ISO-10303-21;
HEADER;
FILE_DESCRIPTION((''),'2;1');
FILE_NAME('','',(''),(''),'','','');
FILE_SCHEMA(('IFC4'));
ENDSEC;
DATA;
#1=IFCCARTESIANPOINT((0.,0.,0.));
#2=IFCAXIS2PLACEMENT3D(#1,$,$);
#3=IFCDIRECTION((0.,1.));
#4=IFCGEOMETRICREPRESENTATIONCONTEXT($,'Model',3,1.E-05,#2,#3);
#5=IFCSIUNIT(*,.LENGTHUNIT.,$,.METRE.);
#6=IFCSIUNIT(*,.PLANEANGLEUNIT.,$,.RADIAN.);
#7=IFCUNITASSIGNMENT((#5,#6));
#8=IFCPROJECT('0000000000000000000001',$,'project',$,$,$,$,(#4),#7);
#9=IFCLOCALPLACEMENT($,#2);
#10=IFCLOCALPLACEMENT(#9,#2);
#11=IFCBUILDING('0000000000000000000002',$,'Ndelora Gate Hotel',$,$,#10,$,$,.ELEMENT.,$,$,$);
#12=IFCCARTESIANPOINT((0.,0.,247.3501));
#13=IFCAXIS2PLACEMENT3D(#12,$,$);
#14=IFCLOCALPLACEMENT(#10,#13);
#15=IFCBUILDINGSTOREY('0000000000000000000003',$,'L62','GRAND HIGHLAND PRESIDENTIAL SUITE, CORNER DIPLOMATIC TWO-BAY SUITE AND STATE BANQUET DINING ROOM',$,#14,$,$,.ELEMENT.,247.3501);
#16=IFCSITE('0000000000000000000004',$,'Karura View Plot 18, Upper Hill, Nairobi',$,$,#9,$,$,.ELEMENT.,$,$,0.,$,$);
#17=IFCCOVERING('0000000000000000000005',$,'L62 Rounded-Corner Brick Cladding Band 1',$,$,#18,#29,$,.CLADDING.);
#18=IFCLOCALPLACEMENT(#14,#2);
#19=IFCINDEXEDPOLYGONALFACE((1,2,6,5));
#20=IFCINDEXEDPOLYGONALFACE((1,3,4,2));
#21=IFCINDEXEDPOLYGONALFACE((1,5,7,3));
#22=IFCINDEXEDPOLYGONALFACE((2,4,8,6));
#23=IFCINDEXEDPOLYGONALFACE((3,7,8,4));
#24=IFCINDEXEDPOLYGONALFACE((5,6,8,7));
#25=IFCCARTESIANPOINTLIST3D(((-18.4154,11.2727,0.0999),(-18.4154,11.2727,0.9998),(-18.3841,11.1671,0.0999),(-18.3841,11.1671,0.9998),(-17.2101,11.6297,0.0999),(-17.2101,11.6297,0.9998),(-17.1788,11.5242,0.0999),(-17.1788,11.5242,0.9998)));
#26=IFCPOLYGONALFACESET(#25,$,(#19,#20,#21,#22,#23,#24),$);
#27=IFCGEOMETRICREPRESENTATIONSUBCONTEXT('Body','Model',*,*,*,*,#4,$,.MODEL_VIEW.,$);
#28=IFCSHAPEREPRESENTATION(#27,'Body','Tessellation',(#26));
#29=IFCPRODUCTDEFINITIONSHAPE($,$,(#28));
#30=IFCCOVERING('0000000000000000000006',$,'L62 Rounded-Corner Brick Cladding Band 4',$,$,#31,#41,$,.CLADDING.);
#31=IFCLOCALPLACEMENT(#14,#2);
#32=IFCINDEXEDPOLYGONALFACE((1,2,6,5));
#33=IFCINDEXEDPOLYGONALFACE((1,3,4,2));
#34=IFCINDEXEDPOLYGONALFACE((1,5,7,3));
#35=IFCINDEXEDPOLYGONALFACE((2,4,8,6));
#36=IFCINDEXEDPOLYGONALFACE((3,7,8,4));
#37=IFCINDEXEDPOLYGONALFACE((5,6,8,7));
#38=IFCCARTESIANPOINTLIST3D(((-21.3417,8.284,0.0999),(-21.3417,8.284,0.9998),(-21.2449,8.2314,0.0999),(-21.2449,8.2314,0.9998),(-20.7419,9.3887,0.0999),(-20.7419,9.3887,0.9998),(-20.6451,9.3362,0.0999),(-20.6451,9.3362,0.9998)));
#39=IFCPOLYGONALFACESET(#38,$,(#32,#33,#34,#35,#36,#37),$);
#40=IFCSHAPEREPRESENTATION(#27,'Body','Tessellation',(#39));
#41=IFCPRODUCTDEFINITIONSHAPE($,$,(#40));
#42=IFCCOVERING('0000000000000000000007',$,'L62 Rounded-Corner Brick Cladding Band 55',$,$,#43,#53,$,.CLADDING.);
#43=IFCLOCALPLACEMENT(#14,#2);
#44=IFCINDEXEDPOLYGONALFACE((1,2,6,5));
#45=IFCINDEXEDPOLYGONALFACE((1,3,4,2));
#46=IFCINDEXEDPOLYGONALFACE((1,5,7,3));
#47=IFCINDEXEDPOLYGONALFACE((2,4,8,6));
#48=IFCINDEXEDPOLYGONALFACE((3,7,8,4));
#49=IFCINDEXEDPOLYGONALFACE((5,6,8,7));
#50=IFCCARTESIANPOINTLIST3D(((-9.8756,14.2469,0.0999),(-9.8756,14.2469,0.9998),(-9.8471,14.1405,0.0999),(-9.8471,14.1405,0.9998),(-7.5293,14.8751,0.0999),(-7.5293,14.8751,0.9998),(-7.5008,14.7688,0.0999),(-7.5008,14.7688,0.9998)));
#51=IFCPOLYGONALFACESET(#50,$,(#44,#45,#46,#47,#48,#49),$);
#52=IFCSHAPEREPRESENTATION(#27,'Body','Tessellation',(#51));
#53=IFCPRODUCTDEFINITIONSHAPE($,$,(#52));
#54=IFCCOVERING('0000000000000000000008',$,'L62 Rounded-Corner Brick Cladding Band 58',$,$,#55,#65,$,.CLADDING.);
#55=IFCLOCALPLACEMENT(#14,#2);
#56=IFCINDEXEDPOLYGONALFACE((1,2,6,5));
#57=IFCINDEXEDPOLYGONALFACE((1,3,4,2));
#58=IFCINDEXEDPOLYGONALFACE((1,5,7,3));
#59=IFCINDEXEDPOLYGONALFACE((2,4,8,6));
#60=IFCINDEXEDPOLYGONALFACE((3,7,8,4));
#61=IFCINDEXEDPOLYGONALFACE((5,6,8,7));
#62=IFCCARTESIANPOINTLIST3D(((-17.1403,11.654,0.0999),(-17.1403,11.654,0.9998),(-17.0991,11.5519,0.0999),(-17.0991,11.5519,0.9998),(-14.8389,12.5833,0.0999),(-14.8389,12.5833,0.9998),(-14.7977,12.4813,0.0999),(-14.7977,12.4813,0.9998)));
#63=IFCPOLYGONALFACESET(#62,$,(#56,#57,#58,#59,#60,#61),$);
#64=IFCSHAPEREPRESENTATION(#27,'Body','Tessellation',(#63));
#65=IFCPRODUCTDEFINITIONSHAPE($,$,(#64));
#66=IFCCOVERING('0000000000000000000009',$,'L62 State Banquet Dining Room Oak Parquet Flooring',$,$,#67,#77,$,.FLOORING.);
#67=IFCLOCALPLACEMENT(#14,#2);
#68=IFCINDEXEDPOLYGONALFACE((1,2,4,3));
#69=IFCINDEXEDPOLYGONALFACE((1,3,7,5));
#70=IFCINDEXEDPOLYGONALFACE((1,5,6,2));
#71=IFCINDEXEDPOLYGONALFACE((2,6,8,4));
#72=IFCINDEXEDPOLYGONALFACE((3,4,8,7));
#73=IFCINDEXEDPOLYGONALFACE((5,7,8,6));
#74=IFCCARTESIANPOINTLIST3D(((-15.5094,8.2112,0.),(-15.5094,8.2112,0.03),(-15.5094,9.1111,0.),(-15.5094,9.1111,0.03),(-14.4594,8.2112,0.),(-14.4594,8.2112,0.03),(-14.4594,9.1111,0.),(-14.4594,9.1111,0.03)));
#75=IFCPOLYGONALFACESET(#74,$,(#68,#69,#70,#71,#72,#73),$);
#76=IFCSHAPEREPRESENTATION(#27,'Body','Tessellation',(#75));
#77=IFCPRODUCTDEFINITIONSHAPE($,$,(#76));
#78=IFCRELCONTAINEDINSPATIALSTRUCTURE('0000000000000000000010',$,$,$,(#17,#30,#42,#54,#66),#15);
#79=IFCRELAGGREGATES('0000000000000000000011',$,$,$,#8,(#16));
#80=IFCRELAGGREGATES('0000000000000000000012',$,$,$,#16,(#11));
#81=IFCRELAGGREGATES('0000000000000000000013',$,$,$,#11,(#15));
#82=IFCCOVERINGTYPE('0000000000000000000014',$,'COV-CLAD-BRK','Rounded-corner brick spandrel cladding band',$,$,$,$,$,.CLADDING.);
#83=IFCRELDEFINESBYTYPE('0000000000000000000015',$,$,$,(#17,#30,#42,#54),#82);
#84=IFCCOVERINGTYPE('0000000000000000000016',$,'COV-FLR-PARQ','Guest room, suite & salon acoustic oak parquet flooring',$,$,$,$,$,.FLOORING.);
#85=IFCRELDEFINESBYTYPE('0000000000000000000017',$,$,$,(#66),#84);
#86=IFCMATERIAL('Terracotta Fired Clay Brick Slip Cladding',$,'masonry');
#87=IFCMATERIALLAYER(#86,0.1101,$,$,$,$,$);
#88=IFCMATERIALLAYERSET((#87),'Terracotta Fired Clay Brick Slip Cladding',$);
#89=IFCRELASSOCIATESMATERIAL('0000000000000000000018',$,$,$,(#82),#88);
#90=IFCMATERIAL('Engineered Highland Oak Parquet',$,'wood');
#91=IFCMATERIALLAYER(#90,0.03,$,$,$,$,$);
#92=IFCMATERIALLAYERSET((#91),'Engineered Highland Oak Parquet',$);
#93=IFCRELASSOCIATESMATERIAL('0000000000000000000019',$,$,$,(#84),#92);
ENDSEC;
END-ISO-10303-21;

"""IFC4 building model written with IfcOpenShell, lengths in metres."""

from ifc_helpers import new_model, si_unit, direction, frame, origin, origin_2d, place, context, subcontext, project, spatial, rectangle, extrude, material, layer, layer_set, type_object, element, save


model = new_model("IFC4")

# Units and contexts
model_context = context("Model", 3, precision=1e-05, world=origin(), true_north=direction((0.0, 1.0)))
body_context = subcontext(model_context, "Body", "Model", "MODEL_VIEW")
ifc_project = project(units=[si_unit("LENGTHUNIT", "METRE"), si_unit("PLANEANGLEUNIT", "RADIAN")], contexts=[model_context])

# Site, building, storey
site_placement = place(None, origin())
site = spatial("IfcSite", under=ifc_project, at=site_placement, Name="Karura View Plot 18, Upper Hill, Nairobi", CompositionType="ELEMENT", RefElevation=0.0)
building_placement = place(site_placement, origin())
building = spatial("IfcBuilding", under=site, at=building_placement, Name="Ndelora Gate Hotel", CompositionType="ELEMENT")
storey_placement = place(building_placement, frame((0.0, 0.0, 247.3501)))
storey = spatial("IfcBuildingStorey", under=building, at=storey_placement, Name="L62", Description="GRAND HIGHLAND PRESIDENTIAL SUITE, CORNER DIPLOMATIC TWO-BAY SUITE AND STATE BANQUET DINING ROOM", CompositionType="ELEMENT", Elevation=247.3501)

# Coverings
ifc_material_1 = material(Name="Terracotta Fired Clay Brick Slip Cladding", Category="masonry")
ifc_layer_1 = layer(ifc_material_1, 0.1101)
ifc_layer_set_1 = layer_set([ifc_layer_1], Name="Terracotta Fired Clay Brick Slip Cladding")
covering_type_1 = type_object("IfcCoveringType", Name="COV-CLAD-BRK", Description="Rounded-corner brick spandrel cladding band", PredefinedType="CLADDING", material=ifc_layer_set_1)
for number, where, z_axis, x_axis, name in (
    (1, (-17.7971, 11.3984, 0.0999), (0.0, 0.0, 1.0), (0.95882, 0.284015, 0.0), "L62 Rounded-Corner Brick Cladding Band 1"),
    (2, (-20.9934, 8.8101, 0.0999), (0.0, 0.0, 1.0), (0.477159, 0.878817, 0.0), "L62 Rounded-Corner Brick Cladding Band 4"),
):
    element("IfcCovering", number, at=place(storey_placement, frame(where, z_axis=z_axis, x_axis=x_axis)), inside=storey, type_object=covering_type_1, Name=name, PredefinedType="CLADDING", context=body_context, shape_type="SweptSolid", body=[
        extrude(rectangle(XDim=1.2571, YDim=0.1101, at=origin_2d()), origin(), (0.0, 0.0, 1.0), 0.8999),
    ])
covering_1_placement = place(storey_placement, frame((-8.6882, 14.5078, 0.0999), z_axis=(0.0, 0.0, 1.0), x_axis=(0.965971, 0.25865, 0.0)))
element("IfcCovering", 3, at=covering_1_placement, inside=storey, type_object=covering_type_1, Name="L62 Rounded-Corner Brick Cladding Band 55", PredefinedType="CLADDING", context=body_context, shape_type="SweptSolid", body=[
    extrude(rectangle(XDim=2.429, YDim=0.1101, at=origin_2d()), origin(), (0.0, 0.0, 1.0), 0.8999),
])
covering_2_placement = place(storey_placement, frame((-15.969, 12.0676, 0.0999), z_axis=(0.0, 0.0, 1.0), x_axis=(0.927249, 0.374445, 0.0)))
element("IfcCovering", 4, at=covering_2_placement, inside=storey, type_object=covering_type_1, Name="L62 Rounded-Corner Brick Cladding Band 58", PredefinedType="CLADDING", context=body_context, shape_type="SweptSolid", body=[
    extrude(rectangle(XDim=2.4819, YDim=0.1101, at=origin_2d()), origin(), (0.0, 0.0, 1.0), 0.8999),
])
ifc_material_2 = material(Name="Engineered Highland Oak Parquet", Category="wood")
ifc_layer_2 = layer(ifc_material_2, 0.03)
ifc_layer_set_2 = layer_set([ifc_layer_2], Name="Engineered Highland Oak Parquet")
covering_type_2 = type_object("IfcCoveringType", Name="COV-FLR-PARQ", Description="Guest room, suite & salon acoustic oak parquet flooring", PredefinedType="FLOORING", material=ifc_layer_set_2)
covering_3_placement = place(storey_placement, frame((-14.9844, 8.6611, 0.0), z_axis=(0.0, 0.0, 1.0), x_axis=(1.0, 0.0, 0.0)))
element("IfcCovering", 5, at=covering_3_placement, inside=storey, type_object=covering_type_2, Name="L62 State Banquet Dining Room Oak Parquet Flooring", PredefinedType="FLOORING", context=body_context, shape_type="SweptSolid", body=[
    extrude(rectangle(XDim=1.05, YDim=0.8999, at=origin_2d()), origin(), (0.0, 0.0, 1.0), 0.03),
])

save(model, "model.ifc")
